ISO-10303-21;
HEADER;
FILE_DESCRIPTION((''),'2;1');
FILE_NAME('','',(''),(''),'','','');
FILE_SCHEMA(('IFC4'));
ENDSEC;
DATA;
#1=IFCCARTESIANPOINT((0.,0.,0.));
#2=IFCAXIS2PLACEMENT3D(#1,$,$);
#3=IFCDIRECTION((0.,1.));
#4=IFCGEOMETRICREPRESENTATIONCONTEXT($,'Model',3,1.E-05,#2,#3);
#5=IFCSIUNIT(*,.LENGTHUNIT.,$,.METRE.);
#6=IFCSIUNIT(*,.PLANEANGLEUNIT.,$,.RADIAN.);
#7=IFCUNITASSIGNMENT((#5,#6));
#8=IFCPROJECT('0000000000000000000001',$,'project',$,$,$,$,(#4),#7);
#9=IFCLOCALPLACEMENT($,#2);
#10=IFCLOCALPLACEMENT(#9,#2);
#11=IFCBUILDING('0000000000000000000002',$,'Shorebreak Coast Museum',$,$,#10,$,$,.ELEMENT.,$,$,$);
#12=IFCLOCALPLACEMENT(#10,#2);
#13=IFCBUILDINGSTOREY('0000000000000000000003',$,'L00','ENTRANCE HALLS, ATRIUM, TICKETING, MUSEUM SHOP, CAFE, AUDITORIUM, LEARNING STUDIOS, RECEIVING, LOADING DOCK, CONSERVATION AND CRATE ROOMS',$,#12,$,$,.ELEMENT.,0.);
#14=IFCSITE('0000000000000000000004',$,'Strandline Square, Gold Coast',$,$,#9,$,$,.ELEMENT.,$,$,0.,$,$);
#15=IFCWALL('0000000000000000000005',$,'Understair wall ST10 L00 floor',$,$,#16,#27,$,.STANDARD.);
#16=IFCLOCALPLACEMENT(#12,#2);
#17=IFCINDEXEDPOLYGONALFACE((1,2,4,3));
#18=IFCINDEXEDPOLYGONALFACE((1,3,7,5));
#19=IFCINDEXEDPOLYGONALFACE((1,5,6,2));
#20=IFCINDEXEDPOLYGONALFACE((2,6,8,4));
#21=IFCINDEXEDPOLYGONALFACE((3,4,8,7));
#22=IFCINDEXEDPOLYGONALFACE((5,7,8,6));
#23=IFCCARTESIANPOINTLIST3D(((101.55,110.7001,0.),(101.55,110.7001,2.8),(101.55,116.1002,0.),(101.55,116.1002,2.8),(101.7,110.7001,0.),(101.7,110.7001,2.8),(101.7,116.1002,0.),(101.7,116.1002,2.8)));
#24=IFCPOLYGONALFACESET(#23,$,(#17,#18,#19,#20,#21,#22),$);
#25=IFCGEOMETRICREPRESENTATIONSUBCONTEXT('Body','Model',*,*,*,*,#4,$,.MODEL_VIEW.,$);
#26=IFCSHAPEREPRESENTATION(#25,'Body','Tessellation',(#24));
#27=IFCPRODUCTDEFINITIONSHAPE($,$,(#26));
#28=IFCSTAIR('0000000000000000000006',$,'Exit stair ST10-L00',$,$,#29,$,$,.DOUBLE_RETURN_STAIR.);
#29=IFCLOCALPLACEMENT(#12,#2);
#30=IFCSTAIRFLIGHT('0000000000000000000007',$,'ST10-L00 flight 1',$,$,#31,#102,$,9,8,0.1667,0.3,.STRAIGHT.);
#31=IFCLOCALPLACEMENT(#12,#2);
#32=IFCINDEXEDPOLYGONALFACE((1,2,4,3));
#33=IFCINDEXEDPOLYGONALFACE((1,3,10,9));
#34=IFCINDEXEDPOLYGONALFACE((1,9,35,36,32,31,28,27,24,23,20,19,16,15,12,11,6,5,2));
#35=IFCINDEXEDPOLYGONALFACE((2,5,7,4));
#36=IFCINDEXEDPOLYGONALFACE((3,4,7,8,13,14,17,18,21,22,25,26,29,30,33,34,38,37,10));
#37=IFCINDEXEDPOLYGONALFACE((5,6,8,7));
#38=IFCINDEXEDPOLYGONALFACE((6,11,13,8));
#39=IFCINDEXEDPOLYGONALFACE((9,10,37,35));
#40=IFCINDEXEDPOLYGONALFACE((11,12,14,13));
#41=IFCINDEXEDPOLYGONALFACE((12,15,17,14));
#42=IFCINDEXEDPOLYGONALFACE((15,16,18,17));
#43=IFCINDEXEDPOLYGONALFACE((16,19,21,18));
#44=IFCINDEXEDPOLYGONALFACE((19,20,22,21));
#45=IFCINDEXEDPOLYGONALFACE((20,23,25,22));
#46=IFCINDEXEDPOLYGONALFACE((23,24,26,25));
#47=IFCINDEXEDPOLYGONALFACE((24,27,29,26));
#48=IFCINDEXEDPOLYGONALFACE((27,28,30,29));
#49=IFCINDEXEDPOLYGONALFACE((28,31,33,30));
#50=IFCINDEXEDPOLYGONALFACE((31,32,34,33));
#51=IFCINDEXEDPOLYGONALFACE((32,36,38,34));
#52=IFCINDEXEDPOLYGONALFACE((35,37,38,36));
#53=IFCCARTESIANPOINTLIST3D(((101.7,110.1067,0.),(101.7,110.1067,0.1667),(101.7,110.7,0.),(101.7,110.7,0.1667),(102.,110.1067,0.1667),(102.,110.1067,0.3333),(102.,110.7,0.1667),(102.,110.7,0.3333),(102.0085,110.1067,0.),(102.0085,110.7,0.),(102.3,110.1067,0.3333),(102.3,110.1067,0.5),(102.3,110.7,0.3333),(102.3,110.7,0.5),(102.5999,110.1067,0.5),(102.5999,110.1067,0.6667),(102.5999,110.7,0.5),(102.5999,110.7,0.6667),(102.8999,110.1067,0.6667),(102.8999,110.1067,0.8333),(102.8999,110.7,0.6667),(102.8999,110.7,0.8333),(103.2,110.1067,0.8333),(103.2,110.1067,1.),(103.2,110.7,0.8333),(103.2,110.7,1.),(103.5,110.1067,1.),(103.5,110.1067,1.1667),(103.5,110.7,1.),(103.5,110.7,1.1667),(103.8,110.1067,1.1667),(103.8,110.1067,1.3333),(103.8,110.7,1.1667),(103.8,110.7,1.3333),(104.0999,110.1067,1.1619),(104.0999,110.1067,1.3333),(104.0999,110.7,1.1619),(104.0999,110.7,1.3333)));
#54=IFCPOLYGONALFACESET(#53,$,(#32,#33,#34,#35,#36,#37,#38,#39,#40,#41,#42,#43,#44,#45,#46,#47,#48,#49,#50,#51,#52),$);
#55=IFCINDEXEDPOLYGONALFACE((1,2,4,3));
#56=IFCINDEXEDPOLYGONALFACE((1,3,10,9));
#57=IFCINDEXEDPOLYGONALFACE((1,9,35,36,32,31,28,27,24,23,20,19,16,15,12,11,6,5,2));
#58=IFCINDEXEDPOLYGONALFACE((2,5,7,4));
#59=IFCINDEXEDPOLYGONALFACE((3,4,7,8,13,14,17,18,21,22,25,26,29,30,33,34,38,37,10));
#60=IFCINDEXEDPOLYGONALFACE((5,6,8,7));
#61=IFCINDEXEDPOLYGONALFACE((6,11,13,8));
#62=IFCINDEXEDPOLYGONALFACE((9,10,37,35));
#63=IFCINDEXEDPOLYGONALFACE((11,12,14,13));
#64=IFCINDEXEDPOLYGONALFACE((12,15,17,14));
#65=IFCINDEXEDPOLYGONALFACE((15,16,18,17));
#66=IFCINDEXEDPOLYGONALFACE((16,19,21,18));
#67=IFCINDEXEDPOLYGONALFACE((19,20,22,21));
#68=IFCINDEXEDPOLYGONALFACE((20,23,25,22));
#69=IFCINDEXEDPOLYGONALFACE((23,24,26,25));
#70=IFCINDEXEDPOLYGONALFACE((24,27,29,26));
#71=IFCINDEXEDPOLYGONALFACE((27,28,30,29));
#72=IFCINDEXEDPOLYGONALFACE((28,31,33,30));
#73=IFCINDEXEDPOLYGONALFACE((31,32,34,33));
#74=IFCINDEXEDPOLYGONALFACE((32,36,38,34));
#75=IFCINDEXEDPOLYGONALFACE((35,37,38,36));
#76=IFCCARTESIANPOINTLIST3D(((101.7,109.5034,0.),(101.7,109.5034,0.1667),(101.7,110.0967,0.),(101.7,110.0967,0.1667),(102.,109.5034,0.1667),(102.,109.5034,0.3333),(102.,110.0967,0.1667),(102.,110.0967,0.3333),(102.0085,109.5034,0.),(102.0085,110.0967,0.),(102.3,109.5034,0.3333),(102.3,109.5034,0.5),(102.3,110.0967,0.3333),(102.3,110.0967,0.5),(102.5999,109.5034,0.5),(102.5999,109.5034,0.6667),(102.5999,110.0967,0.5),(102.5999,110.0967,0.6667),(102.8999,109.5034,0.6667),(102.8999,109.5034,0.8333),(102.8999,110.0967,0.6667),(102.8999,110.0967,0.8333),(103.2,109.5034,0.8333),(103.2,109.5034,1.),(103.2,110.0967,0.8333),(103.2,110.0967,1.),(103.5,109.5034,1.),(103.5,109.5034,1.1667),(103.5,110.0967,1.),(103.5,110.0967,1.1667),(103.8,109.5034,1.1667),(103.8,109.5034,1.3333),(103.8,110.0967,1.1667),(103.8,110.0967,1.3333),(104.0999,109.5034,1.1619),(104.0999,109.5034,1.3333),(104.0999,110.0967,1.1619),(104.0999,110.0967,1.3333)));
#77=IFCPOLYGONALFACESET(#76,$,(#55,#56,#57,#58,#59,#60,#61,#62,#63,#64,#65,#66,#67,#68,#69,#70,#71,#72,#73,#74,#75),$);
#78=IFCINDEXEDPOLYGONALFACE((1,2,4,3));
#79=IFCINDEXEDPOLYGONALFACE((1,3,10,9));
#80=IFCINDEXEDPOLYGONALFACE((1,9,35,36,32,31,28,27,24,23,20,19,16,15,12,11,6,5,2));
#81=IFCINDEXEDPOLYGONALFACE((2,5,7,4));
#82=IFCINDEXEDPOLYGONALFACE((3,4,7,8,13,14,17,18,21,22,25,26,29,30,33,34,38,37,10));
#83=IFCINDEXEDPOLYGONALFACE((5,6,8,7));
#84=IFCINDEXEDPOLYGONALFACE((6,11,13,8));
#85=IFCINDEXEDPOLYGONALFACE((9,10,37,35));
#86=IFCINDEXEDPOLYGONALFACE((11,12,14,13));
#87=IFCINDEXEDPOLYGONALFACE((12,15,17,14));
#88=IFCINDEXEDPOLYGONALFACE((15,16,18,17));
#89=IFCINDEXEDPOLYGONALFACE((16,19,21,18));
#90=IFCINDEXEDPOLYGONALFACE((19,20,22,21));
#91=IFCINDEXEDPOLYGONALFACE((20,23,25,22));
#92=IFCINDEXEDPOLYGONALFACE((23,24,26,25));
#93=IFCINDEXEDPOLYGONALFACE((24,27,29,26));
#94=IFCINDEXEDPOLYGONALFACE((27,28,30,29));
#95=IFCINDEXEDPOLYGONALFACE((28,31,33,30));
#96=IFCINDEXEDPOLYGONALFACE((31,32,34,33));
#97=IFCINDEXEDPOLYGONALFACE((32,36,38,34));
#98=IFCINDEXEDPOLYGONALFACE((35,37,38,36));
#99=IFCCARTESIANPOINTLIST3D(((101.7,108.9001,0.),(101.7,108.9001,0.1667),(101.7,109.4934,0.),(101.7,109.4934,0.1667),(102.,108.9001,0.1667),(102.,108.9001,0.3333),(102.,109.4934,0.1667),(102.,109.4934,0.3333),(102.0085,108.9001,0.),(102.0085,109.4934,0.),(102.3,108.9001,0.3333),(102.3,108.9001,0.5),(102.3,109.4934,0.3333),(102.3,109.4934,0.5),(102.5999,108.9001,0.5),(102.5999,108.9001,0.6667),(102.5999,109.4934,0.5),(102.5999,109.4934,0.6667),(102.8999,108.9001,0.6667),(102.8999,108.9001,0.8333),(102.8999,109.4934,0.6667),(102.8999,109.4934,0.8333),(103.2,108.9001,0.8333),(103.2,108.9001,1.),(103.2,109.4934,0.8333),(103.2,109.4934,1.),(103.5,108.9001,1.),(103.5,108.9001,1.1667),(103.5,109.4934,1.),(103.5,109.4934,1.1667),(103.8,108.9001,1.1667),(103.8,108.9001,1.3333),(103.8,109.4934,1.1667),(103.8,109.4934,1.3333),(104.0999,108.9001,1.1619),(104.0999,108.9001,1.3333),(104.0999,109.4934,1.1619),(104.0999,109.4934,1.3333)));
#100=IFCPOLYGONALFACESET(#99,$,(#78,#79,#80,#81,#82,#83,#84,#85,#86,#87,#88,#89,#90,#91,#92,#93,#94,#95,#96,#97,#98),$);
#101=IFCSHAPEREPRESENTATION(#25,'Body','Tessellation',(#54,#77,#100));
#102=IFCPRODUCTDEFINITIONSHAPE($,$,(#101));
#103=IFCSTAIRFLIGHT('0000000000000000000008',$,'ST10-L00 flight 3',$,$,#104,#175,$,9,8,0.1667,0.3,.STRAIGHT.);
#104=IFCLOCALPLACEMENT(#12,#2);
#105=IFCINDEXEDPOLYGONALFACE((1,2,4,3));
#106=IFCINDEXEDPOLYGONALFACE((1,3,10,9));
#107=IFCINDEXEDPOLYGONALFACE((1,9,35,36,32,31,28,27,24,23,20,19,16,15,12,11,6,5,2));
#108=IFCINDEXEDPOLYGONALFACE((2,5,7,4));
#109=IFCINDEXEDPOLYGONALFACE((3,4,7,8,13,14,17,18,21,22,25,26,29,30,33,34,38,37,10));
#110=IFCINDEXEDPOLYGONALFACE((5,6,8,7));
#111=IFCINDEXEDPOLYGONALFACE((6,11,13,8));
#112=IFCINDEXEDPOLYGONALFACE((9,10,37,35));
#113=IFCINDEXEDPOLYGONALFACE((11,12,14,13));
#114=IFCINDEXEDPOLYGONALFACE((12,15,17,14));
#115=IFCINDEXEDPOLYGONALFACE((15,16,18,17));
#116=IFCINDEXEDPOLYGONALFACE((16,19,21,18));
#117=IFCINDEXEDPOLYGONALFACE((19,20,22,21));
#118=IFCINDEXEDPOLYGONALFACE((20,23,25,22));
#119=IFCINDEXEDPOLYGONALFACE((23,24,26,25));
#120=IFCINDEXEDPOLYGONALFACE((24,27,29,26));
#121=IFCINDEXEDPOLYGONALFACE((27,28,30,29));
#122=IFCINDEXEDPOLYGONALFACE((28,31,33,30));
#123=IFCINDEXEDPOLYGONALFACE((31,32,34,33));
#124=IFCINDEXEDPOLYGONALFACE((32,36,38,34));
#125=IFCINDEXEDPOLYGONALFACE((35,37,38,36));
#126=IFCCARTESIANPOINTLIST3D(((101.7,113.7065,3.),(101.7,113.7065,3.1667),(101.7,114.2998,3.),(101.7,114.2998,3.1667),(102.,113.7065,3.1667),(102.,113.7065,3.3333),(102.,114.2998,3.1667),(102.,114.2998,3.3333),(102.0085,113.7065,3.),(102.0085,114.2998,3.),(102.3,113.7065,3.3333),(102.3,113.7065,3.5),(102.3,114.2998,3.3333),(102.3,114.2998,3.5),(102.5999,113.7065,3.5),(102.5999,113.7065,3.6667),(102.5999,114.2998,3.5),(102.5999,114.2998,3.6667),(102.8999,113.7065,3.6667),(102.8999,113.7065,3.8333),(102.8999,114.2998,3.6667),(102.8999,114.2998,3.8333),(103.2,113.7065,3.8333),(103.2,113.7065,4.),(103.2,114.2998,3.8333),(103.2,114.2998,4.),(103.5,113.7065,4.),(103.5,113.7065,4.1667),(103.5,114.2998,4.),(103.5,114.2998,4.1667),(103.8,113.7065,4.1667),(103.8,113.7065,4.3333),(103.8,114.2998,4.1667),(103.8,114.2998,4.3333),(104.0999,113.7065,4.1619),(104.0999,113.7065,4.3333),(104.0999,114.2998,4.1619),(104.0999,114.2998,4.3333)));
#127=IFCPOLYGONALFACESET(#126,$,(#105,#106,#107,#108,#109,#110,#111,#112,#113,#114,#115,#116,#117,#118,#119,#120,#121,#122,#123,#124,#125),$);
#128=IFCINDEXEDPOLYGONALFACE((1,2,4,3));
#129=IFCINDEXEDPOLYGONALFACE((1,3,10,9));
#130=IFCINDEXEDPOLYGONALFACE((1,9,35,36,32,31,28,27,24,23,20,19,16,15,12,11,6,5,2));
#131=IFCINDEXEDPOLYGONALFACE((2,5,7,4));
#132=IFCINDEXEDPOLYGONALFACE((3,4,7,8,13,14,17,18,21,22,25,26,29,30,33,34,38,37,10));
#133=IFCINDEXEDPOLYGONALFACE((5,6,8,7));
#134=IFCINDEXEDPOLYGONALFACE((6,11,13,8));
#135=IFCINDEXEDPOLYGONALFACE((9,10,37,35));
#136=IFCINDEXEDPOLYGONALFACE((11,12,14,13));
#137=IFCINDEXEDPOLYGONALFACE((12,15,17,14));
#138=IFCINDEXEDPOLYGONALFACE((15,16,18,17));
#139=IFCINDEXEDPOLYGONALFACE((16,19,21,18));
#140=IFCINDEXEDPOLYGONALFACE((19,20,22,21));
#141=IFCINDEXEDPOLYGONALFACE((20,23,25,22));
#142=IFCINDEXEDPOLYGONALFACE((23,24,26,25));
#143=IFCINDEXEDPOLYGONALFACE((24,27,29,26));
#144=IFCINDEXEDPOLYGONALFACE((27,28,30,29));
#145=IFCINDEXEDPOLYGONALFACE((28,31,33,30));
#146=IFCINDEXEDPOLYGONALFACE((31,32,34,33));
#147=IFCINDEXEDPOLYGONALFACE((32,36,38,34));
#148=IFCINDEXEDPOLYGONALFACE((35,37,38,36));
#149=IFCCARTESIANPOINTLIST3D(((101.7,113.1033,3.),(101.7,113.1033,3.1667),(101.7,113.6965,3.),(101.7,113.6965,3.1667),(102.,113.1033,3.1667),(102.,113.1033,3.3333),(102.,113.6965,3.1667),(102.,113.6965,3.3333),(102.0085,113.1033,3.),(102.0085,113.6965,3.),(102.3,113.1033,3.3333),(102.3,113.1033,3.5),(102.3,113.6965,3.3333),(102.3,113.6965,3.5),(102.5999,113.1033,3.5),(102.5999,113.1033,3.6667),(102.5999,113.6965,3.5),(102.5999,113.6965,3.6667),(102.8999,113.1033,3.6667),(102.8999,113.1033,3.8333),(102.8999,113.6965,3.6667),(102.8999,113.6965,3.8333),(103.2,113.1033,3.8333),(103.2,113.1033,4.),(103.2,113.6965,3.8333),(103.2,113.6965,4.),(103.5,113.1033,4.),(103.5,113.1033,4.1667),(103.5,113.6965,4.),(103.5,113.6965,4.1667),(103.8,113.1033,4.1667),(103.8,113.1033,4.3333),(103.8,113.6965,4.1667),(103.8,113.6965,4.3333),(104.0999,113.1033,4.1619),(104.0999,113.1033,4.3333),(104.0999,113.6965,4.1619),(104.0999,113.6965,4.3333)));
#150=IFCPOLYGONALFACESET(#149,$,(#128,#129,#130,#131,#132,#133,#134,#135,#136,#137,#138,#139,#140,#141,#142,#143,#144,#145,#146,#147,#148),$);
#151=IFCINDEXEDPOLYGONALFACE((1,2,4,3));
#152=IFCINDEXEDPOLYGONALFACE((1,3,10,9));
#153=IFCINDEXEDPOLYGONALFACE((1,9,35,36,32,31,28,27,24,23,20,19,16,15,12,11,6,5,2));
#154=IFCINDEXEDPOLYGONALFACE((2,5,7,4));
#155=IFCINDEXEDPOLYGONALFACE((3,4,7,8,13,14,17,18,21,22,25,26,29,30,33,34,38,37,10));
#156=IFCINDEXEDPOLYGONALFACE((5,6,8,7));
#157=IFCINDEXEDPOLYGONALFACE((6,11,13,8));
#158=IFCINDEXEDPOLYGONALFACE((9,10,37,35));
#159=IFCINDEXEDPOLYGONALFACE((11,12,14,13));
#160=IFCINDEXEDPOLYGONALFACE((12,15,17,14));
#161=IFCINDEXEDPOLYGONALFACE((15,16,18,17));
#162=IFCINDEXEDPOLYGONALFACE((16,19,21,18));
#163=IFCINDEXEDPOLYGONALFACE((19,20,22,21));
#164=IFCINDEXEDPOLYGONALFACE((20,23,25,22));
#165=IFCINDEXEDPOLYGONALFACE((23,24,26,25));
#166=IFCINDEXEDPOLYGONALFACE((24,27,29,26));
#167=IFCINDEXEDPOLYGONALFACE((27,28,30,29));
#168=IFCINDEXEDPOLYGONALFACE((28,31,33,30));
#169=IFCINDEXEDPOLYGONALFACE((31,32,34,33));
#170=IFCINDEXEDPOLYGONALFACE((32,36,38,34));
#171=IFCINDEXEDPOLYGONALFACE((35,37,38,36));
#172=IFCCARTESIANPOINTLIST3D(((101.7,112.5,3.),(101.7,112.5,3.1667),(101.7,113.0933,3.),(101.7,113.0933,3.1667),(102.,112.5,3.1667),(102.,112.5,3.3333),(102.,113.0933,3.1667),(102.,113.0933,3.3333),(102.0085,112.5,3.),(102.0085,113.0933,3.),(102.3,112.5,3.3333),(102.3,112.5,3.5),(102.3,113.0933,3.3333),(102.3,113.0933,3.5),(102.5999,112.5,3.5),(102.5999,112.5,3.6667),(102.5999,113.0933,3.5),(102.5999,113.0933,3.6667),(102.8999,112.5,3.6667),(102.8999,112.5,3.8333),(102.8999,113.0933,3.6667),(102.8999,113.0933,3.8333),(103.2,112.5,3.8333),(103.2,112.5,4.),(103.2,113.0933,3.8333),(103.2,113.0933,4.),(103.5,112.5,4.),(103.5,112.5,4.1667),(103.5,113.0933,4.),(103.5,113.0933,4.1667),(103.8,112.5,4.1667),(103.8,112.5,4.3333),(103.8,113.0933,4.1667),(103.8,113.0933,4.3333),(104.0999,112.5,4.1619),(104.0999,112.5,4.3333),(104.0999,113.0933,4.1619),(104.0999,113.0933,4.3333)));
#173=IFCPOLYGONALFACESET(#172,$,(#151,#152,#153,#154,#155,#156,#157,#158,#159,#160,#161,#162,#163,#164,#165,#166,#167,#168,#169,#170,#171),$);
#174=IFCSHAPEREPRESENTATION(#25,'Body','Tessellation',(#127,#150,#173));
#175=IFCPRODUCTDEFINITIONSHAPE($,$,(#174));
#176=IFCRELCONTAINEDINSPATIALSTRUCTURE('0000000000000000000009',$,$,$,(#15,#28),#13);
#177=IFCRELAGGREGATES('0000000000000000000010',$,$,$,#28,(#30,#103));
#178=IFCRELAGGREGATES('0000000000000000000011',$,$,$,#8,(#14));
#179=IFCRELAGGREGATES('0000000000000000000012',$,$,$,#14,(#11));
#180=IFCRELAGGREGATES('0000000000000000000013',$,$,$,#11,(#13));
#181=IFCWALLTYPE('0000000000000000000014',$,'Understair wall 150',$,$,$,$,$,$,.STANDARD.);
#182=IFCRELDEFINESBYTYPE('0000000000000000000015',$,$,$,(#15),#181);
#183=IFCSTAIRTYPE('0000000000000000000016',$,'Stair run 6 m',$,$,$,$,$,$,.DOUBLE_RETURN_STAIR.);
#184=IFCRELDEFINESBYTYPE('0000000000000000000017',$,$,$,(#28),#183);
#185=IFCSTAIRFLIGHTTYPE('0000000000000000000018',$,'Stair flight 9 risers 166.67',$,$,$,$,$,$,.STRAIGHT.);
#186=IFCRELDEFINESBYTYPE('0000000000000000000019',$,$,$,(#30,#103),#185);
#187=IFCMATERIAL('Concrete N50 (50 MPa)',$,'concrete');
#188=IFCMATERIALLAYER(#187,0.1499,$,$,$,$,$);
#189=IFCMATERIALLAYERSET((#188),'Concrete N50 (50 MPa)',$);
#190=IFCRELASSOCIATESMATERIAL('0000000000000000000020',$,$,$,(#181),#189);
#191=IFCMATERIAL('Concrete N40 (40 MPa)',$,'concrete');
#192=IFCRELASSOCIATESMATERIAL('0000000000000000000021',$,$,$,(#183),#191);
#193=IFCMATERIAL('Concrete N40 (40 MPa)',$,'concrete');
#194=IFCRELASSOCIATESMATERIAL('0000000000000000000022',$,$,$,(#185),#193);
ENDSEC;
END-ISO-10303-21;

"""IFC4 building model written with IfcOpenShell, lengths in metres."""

from ifc_helpers import new_model, si_unit, direction, frame, frame_2d, origin, place, context, subcontext, project, spatial, polyline, rectangle, outline, extrude, material, layer, layer_set, type_object, element, aggregate, save


model = new_model("IFC4")

# Units and contexts
model_context = context("Model", 3, precision=1e-05, world=origin(), true_north=direction((0.0, 1.0)))
body_context = subcontext(model_context, "Body", "Model", "MODEL_VIEW")
ifc_project = project(units=[si_unit("LENGTHUNIT", "METRE"), si_unit("PLANEANGLEUNIT", "RADIAN")], contexts=[model_context])

# Site, building, storey
site_placement = place(None, origin())
site = spatial("IfcSite", under=ifc_project, at=site_placement, Name="Strandline Square, Gold Coast", CompositionType="ELEMENT", RefElevation=0.0)
building_placement = place(site_placement, origin())
building = spatial("IfcBuilding", under=site, at=building_placement, Name="Shorebreak Coast Museum", CompositionType="ELEMENT")
storey_placement = place(building_placement, origin())
storey = spatial("IfcBuildingStorey", under=building, at=storey_placement, Name="L00", Description="ENTRANCE HALLS, ATRIUM, TICKETING, MUSEUM SHOP, CAFE, AUDITORIUM, LEARNING STUDIOS, RECEIVING, LOADING DOCK, CONSERVATION AND CRATE ROOMS", CompositionType="ELEMENT", Elevation=0.0)

# Wall
ifc_material_1 = material(Name="Concrete N50 (50 MPa)", Category="concrete")
ifc_layer_1 = layer(ifc_material_1, 0.1499)
ifc_layer_set_1 = layer_set([ifc_layer_1], Name="Concrete N50 (50 MPa)")
wall_type = type_object("IfcWallType", Name="Understair wall 150", PredefinedType="STANDARD", material=ifc_layer_set_1)
wall_placement = place(storey_placement, frame((101.625, 110.7, 0.0), z_axis=(0.0, 0.0, 1.0), x_axis=(0.0, 1.0, 0.0)))
element("IfcWall", 1, at=wall_placement, inside=storey, type_object=wall_type, Name="Understair wall ST10 L00 floor", PredefinedType="STANDARD", context=body_context, shape_type="SweptSolid", body=[
    extrude(rectangle(XDim=5.4001, YDim=0.1499, at=frame_2d((2.7002, 0.0))), origin(), (0.0, 0.0, 1.0), 2.8),
])

# Stair, stair flights
ifc_material_2 = material(Name="Concrete N40 (40 MPa)", Category="concrete")
stair_type = type_object("IfcStairType", Name="Stair run 6 m", PredefinedType="DOUBLE_RETURN_STAIR", material=ifc_material_2)
stair_placement = place(storey_placement, origin())
stair = element("IfcStair", 2, at=stair_placement, inside=storey, type_object=stair_type, Name="Exit stair ST10-L00", PredefinedType="DOUBLE_RETURN_STAIR")
ifc_material_3 = material(Name="Concrete N40 (40 MPa)", Category="concrete")
stair_flight_type = type_object("IfcStairFlightType", Name="Stair flight 9 risers 166.67", PredefinedType="STRAIGHT", material=ifc_material_3)
stair_flight_1_placement = place(storey_placement, frame((101.7, 109.8, 0.0), z_axis=(0.0, 0.0, 1.0), x_axis=(1.0, 0.0, 0.0)))
stair_flight_1 = element("IfcStairFlight", 3, at=stair_flight_1_placement, type_object=stair_flight_type, Name="ST10-L00 flight 1", NumberOfRisers=9, NumberOfTreads=8, PredefinedType="STRAIGHT", RiserHeight=0.1667, TreadLength=0.3, context=body_context, shape_type="SweptSolid", body=[
    extrude(outline(polyline([(0.0, 0.0), (0.0, 0.1667), (0.3, 0.1667), (0.3, 0.3333), (0.6001, 0.3333), (0.6001, 0.5), (0.8999, 0.5), (0.8999, 0.6667), (1.2, 0.6667), (1.2, 0.8333), (1.5, 0.8333), (1.5, 1.0), (1.8, 1.0), (1.8, 1.1667), (2.1001, 1.1667), (2.1001, 1.3333), (2.3999, 1.3333), (2.3999, 1.5), (2.3999, 1.1619), (0.3086, 0.0), (0.0, 0.0)])), frame((0.0, 0.8999, 0.0), z_axis=(0.0, -1.0, 0.0), x_axis=(1.0, 0.0, 0.0)), (0.0, 0.0, 1.0), 0.5933),
    extrude(outline(polyline([(0.0, 0.0), (0.0, 0.1667), (0.3, 0.1667), (0.3, 0.3333), (0.6001, 0.3333), (0.6001, 0.5), (0.8999, 0.5), (0.8999, 0.6667), (1.2, 0.6667), (1.2, 0.8333), (1.5, 0.8333), (1.5, 1.0), (1.8, 1.0), (1.8, 1.1667), (2.1001, 1.1667), (2.1001, 1.3333), (2.3999, 1.3333), (2.3999, 1.5), (2.3999, 1.1619), (0.3086, 0.0), (0.0, 0.0)])), frame((0.0, 0.2966, 0.0), z_axis=(0.0, -1.0, 0.0), x_axis=(1.0, 0.0, 0.0)), (0.0, 0.0, 1.0), 0.5933),
    extrude(outline(polyline([(0.0, 0.0), (0.0, 0.1667), (0.3, 0.1667), (0.3, 0.3333), (0.6001, 0.3333), (0.6001, 0.5), (0.8999, 0.5), (0.8999, 0.6667), (1.2, 0.6667), (1.2, 0.8333), (1.5, 0.8333), (1.5, 1.0), (1.8, 1.0), (1.8, 1.1667), (2.1001, 1.1667), (2.1001, 1.3333), (2.3999, 1.3333), (2.3999, 1.5), (2.3999, 1.1619), (0.3086, 0.0), (0.0, 0.0)])), frame((0.0, -0.3066, 0.0), z_axis=(0.0, -1.0, 0.0), x_axis=(1.0, 0.0, 0.0)), (0.0, 0.0, 1.0), 0.5933),
])
stair_flight_2_placement = place(storey_placement, frame((101.7, 113.3999, 3.0), z_axis=(0.0, 0.0, 1.0), x_axis=(1.0, 0.0, 0.0)))
stair_flight_2 = element("IfcStairFlight", 4, at=stair_flight_2_placement, type_object=stair_flight_type, Name="ST10-L00 flight 3", NumberOfRisers=9, NumberOfTreads=8, PredefinedType="STRAIGHT", RiserHeight=0.1667, TreadLength=0.3, context=body_context, shape_type="SweptSolid", body=[
    extrude(outline(polyline([(0.0, 0.0), (0.0, 0.1667), (0.3, 0.1667), (0.3, 0.3333), (0.6001, 0.3333), (0.6001, 0.5), (0.8999, 0.5), (0.8999, 0.6667), (1.2, 0.6667), (1.2, 0.8333), (1.5, 0.8333), (1.5, 1.0), (1.8, 1.0), (1.8, 1.1667), (2.1001, 1.1667), (2.1001, 1.3333), (2.3999, 1.3333), (2.3999, 1.5), (2.3999, 1.1619), (0.3086, 0.0), (0.0, 0.0)])), frame((0.0, 0.8999, 0.0), z_axis=(0.0, -1.0, 0.0), x_axis=(1.0, 0.0, 0.0)), (0.0, 0.0, 1.0), 0.5933),
    extrude(outline(polyline([(0.0, 0.0), (0.0, 0.1667), (0.3, 0.1667), (0.3, 0.3333), (0.6001, 0.3333), (0.6001, 0.5), (0.8999, 0.5), (0.8999, 0.6667), (1.2, 0.6667), (1.2, 0.8333), (1.5, 0.8333), (1.5, 1.0), (1.8, 1.0), (1.8, 1.1667), (2.1001, 1.1667), (2.1001, 1.3333), (2.3999, 1.3333), (2.3999, 1.5), (2.3999, 1.1619), (0.3086, 0.0), (0.0, 0.0)])), frame((0.0, 0.2966, 0.0), z_axis=(0.0, -1.0, 0.0), x_axis=(1.0, 0.0, 0.0)), (0.0, 0.0, 1.0), 0.5933),
    extrude(outline(polyline([(0.0, 0.0), (0.0, 0.1667), (0.3, 0.1667), (0.3, 0.3333), (0.6001, 0.3333), (0.6001, 0.5), (0.8999, 0.5), (0.8999, 0.6667), (1.2, 0.6667), (1.2, 0.8333), (1.5, 0.8333), (1.5, 1.0), (1.8, 1.0), (1.8, 1.1667), (2.1001, 1.1667), (2.1001, 1.3333), (2.3999, 1.3333), (2.3999, 1.5), (2.3999, 1.1619), (0.3086, 0.0), (0.0, 0.0)])), frame((0.0, -0.3066, 0.0), z_axis=(0.0, -1.0, 0.0), x_axis=(1.0, 0.0, 0.0)), (0.0, 0.0, 1.0), 0.5933),
])
aggregate(stair, [stair_flight_1, stair_flight_2])

save(model, "model.ifc")
